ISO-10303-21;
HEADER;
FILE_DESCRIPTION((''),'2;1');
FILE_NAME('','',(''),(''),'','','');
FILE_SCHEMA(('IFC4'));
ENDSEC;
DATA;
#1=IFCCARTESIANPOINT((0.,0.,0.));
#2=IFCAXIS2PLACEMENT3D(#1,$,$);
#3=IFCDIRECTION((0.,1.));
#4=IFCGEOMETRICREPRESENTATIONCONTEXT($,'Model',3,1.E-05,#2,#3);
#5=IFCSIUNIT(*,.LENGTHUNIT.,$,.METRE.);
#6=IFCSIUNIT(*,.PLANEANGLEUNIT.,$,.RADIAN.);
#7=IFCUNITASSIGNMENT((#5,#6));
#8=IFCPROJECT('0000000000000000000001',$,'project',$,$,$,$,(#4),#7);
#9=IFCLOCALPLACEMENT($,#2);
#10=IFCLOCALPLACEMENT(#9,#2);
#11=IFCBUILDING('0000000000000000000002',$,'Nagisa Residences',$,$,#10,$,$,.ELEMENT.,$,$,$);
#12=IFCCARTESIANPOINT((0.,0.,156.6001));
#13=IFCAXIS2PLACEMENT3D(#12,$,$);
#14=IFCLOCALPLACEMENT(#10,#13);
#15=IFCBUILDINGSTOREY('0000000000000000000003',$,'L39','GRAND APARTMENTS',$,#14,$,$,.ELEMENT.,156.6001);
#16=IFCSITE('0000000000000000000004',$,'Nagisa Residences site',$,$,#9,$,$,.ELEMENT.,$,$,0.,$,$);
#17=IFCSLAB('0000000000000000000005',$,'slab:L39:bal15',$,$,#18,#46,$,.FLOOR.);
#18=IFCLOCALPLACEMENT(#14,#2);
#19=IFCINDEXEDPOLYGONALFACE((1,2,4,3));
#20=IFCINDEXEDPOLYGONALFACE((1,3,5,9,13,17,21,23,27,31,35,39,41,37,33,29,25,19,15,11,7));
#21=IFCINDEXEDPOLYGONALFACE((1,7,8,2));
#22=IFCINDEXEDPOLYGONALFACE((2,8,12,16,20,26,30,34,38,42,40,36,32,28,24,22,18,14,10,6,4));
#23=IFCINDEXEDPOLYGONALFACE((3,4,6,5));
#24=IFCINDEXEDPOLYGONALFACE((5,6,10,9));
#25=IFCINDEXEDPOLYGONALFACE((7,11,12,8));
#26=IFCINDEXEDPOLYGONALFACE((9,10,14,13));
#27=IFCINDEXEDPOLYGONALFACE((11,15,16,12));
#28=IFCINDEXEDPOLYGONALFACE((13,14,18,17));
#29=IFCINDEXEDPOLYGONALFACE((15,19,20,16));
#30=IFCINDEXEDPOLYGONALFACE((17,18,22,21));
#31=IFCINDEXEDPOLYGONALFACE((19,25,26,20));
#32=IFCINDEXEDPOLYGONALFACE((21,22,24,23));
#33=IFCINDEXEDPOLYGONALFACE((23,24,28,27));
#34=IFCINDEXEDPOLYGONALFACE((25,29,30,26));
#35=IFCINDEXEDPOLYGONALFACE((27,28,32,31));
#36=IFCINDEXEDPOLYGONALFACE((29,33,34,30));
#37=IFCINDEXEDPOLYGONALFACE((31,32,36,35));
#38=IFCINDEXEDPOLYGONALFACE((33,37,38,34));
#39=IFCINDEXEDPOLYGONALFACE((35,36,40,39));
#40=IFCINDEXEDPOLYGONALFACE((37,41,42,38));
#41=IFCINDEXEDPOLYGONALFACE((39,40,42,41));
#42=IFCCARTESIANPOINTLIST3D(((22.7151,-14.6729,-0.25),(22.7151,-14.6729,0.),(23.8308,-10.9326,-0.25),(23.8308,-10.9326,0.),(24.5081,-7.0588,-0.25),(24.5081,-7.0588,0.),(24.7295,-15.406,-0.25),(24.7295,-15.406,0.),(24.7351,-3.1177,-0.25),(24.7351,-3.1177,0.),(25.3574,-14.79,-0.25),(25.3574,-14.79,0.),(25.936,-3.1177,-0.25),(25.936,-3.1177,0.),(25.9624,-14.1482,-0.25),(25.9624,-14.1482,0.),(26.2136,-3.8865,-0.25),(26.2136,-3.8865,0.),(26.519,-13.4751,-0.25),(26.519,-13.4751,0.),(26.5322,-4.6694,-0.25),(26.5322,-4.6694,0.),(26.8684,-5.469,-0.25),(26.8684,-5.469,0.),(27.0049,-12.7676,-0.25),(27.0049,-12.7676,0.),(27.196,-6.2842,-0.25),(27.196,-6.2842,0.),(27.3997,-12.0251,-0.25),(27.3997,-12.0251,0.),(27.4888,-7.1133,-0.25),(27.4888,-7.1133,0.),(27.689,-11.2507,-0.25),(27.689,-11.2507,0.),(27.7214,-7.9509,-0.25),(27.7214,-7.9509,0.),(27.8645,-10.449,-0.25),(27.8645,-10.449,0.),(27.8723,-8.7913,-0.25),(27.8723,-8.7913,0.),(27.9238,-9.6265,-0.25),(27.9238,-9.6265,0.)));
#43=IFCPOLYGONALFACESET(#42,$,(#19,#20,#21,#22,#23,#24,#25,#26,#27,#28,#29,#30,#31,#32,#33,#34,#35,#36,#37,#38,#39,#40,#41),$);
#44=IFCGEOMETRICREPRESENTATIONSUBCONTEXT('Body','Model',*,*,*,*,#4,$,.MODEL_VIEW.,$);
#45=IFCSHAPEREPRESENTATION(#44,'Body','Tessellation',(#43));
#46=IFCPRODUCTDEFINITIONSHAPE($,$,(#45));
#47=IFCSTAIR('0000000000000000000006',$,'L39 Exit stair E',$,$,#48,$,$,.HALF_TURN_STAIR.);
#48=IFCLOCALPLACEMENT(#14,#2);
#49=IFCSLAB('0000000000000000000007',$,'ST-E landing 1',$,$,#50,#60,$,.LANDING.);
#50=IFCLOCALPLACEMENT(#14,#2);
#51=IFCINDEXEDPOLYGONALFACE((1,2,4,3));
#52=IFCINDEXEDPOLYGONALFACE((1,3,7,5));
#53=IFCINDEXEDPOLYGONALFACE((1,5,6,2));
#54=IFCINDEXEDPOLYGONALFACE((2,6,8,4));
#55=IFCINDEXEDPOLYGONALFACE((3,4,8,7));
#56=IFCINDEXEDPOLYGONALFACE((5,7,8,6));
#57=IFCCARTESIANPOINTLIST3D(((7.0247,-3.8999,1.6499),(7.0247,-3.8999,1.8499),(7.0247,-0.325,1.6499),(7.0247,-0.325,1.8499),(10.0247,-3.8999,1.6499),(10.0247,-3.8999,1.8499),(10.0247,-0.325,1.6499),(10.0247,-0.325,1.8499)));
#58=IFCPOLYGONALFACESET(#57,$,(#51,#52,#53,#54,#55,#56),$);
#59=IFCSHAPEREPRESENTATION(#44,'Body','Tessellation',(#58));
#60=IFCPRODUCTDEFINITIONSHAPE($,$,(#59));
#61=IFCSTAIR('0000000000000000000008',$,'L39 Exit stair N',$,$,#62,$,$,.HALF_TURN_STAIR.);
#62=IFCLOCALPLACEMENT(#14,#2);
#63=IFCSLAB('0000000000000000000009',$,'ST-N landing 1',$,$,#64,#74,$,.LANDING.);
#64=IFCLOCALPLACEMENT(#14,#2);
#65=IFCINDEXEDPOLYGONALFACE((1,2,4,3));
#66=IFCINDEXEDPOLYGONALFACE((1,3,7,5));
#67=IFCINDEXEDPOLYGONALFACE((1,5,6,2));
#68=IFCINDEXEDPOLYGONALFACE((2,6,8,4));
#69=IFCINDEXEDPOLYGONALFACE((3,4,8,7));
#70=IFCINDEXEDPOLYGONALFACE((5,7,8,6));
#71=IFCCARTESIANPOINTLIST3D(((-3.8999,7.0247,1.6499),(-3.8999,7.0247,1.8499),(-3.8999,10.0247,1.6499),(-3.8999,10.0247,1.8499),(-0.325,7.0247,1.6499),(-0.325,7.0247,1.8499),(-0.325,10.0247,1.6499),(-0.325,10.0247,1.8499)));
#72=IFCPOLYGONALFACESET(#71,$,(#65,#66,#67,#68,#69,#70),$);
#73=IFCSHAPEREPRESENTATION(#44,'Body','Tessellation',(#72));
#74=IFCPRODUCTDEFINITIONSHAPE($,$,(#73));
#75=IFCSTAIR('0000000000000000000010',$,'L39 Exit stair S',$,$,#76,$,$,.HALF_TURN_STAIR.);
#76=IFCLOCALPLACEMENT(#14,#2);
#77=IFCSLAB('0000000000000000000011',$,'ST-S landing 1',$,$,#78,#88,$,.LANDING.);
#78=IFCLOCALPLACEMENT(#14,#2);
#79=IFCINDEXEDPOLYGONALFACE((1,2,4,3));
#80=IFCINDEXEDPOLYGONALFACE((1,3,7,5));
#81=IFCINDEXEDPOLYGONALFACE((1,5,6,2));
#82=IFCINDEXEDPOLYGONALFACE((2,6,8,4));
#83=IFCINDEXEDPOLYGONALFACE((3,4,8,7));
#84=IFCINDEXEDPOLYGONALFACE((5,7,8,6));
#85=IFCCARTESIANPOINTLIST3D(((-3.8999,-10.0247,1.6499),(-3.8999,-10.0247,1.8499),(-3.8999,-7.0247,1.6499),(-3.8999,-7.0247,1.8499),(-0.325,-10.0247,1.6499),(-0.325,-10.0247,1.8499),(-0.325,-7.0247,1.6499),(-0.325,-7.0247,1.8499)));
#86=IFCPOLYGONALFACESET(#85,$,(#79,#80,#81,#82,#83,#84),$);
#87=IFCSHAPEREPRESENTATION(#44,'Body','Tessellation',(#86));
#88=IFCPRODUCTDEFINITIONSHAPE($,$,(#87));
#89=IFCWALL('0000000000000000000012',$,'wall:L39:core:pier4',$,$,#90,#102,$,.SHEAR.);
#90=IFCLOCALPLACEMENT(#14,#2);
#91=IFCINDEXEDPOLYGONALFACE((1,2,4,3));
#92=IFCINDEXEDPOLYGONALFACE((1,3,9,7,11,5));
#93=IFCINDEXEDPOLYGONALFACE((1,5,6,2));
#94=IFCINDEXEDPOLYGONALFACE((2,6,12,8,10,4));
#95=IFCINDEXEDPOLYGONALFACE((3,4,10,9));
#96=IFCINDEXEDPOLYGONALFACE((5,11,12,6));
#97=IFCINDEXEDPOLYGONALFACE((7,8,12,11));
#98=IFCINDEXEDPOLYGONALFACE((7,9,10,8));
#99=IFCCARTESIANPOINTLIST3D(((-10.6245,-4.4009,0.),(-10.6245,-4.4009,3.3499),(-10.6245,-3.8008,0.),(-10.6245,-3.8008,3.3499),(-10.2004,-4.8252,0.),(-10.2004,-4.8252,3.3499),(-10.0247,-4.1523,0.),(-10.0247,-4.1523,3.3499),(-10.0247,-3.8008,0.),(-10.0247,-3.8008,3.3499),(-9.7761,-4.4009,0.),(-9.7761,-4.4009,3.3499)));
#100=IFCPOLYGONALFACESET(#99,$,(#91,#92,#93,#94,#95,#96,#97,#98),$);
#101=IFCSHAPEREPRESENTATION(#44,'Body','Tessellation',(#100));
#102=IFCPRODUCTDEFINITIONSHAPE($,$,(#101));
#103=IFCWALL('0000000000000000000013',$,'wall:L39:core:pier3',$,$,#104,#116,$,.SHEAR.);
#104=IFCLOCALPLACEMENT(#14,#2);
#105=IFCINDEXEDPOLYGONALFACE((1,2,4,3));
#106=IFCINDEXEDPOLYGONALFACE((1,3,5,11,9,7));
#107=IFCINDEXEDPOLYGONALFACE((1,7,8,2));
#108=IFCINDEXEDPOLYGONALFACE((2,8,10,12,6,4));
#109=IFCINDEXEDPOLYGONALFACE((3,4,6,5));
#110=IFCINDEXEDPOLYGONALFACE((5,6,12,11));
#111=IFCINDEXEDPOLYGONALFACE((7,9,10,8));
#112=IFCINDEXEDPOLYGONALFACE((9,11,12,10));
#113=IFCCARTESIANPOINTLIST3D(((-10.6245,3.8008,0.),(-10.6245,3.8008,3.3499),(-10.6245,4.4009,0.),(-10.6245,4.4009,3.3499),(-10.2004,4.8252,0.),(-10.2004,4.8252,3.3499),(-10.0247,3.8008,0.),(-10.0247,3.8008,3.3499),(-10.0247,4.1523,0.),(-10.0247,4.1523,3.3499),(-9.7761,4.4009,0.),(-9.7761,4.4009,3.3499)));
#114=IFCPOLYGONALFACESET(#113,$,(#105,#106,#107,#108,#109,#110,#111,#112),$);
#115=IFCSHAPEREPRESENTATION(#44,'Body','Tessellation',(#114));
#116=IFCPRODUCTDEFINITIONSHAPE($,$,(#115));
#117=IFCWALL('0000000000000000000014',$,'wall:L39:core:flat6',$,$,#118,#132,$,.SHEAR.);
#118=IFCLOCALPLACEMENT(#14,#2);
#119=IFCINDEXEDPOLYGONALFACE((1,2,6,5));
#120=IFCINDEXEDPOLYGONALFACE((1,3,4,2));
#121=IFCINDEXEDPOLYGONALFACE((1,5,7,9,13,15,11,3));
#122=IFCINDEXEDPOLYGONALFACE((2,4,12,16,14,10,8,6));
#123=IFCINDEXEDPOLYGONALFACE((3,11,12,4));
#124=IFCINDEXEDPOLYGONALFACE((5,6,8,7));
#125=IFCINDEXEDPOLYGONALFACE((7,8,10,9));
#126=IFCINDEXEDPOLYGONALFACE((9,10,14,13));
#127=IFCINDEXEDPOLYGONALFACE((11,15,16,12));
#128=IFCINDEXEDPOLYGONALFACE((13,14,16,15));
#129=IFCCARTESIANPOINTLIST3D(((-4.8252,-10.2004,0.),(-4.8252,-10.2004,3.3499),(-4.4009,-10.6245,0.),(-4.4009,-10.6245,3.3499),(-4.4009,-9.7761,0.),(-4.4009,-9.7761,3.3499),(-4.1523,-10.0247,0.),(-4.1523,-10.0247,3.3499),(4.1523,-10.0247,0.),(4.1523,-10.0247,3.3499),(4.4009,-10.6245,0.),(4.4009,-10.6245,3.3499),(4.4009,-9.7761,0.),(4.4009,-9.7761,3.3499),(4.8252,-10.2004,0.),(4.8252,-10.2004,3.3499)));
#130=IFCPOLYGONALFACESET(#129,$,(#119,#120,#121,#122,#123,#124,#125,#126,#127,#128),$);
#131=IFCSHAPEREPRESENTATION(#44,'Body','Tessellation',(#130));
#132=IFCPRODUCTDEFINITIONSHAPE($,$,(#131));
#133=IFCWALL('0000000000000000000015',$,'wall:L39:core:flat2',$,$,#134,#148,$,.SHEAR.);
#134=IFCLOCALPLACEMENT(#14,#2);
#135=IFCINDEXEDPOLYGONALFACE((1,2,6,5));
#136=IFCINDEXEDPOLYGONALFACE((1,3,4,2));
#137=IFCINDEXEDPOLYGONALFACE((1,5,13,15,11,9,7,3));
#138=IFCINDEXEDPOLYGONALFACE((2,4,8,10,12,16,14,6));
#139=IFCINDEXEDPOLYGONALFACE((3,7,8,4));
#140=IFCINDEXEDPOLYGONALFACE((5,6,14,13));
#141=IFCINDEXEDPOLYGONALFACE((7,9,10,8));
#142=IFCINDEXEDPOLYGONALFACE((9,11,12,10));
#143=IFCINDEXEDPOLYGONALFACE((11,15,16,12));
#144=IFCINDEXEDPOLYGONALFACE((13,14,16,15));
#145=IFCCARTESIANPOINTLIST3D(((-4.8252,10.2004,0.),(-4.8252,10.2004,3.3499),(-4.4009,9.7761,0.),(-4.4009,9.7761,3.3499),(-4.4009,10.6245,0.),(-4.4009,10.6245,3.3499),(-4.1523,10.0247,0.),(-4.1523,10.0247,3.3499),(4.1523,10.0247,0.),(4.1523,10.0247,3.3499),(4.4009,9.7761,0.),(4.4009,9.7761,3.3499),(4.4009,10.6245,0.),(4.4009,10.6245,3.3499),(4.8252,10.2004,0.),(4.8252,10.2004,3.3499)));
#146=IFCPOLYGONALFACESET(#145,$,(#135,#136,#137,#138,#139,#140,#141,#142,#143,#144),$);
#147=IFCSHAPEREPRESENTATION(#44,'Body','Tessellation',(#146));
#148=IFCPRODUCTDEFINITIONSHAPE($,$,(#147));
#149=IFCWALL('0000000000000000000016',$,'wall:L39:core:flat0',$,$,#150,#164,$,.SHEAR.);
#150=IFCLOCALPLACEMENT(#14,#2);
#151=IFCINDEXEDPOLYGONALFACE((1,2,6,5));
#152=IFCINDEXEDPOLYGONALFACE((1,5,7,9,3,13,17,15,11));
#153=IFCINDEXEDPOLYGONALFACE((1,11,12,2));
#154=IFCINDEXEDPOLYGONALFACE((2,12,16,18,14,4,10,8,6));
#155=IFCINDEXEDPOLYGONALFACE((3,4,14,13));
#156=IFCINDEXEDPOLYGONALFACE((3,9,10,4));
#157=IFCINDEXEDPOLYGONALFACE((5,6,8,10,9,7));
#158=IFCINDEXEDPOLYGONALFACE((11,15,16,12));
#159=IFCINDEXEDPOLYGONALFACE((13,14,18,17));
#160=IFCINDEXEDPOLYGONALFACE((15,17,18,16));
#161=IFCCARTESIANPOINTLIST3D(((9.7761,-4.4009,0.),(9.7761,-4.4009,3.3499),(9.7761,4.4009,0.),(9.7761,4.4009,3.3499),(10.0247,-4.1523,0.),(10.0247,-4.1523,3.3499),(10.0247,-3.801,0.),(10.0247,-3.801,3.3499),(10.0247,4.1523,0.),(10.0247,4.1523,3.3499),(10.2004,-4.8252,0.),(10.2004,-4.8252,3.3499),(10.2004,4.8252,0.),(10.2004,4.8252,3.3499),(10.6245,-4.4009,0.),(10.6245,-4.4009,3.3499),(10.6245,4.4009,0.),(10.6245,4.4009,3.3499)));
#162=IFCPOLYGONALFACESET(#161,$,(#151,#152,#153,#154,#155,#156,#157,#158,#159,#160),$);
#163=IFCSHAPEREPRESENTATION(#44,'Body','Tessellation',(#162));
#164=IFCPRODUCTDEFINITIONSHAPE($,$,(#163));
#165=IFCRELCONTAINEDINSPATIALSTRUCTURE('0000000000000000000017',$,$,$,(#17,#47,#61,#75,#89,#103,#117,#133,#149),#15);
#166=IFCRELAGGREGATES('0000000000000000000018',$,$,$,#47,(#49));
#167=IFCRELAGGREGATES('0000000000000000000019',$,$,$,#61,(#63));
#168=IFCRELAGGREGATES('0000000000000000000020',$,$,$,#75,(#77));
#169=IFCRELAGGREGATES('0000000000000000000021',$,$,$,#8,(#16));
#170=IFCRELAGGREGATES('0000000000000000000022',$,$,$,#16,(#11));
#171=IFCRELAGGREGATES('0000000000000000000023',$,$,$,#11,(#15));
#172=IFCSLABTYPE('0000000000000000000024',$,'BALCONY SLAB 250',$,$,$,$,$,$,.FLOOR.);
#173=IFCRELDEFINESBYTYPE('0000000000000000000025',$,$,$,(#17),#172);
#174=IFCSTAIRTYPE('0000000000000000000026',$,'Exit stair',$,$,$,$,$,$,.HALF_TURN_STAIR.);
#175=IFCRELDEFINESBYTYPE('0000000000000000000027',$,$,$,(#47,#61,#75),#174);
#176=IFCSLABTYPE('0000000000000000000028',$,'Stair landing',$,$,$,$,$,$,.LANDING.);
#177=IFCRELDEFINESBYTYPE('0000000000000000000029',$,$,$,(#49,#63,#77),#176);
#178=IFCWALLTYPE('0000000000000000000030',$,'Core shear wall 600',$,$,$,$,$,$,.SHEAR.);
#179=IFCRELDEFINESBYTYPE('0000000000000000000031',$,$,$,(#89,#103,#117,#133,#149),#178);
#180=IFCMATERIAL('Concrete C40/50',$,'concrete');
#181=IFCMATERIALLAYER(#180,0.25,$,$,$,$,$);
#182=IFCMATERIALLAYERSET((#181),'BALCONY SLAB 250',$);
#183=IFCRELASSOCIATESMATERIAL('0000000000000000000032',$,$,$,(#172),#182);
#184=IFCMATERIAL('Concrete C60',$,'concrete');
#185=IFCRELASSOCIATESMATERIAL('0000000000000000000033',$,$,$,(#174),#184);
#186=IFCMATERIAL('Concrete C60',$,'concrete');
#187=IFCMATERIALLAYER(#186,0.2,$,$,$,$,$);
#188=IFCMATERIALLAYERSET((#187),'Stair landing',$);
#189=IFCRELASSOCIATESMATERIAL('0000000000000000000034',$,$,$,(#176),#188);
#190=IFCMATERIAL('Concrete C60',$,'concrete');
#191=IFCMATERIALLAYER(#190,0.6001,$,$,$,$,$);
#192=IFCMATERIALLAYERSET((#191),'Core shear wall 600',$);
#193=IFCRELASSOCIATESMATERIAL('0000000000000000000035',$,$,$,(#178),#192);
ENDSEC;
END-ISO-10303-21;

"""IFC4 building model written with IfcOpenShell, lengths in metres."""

from ifc_helpers import new_model, si_unit, direction, frame, origin, place, context, subcontext, project, spatial, polyline, outline, extrude, material, layer, layer_set, type_object, element, aggregate, save


model = new_model("IFC4")

# Units and contexts
model_context = context("Model", 3, precision=1e-05, world=origin(), true_north=direction((0.0, 1.0)))
body_context = subcontext(model_context, "Body", "Model", "MODEL_VIEW")
ifc_project = project(units=[si_unit("LENGTHUNIT", "METRE"), si_unit("PLANEANGLEUNIT", "RADIAN")], contexts=[model_context])

# Site, building, storey
site_placement = place(None, origin())
site = spatial("IfcSite", under=ifc_project, at=site_placement, Name="Nagisa Residences site", CompositionType="ELEMENT", RefElevation=0.0)
building_placement = place(site_placement, origin())
building = spatial("IfcBuilding", under=site, at=building_placement, Name="Nagisa Residences", CompositionType="ELEMENT")
storey_placement = place(building_placement, frame((0.0, 0.0, 156.6001)))
storey = spatial("IfcBuildingStorey", under=building, at=storey_placement, Name="L39", Description="GRAND APARTMENTS", CompositionType="ELEMENT", Elevation=156.6001)

# Slab
ifc_material_1 = material(Name="Concrete C40/50", Category="concrete")
ifc_layer_1 = layer(ifc_material_1, 0.25)
ifc_layer_set_1 = layer_set([ifc_layer_1], Name="BALCONY SLAB 250")
slab_type_1 = type_object("IfcSlabType", Name="BALCONY SLAB 250", PredefinedType="FLOOR", material=ifc_layer_set_1)
slab_1_placement = place(storey_placement, frame((0.0, 0.0, -0.25)))
element("IfcSlab", 1, at=slab_1_placement, inside=storey, type_object=slab_type_1, Name="slab:L39:bal15", PredefinedType="FLOOR", context=body_context, shape_type="SweptSolid", body=[
    extrude(outline(polyline([(24.7295, -15.406), (25.3574, -14.79), (25.9624, -14.1482), (26.519, -13.4751), (27.0049, -12.7676), (27.3997, -12.0251), (27.689, -11.2507), (27.8645, -10.449), (27.9238, -9.6265), (27.8723, -8.7913), (27.7214, -7.9509), (27.4888, -7.1133), (27.196, -6.2842), (26.8684, -5.469), (26.5322, -4.6694), (26.2136, -3.8865), (25.936, -3.1177), (24.7351, -3.1177), (24.5081, -7.0588), (23.8308, -10.9326), (22.7151, -14.6729), (24.7295, -15.406)])), origin(), (0.0, 0.0, 1.0), 0.25),
])

# Stairs, slabs
ifc_material_2 = material(Name="Concrete C60", Category="concrete")
stair_type = type_object("IfcStairType", Name="Exit stair", PredefinedType="HALF_TURN_STAIR", material=ifc_material_2)
stair_1_placement = place(storey_placement, origin())
stair_1 = element("IfcStair", 2, at=stair_1_placement, inside=storey, type_object=stair_type, Name="L39 Exit stair E", PredefinedType="HALF_TURN_STAIR")
ifc_material_3 = material(Name="Concrete C60", Category="concrete")
ifc_layer_2 = layer(ifc_material_3, 0.2)
ifc_layer_set_2 = layer_set([ifc_layer_2], Name="Stair landing")
slab_type_2 = type_object("IfcSlabType", Name="Stair landing", PredefinedType="LANDING", material=ifc_layer_set_2)
slab_2_placement = place(storey_placement, frame((0.0, 0.0, 1.6499)))
slab_2 = element("IfcSlab", 3, at=slab_2_placement, type_object=slab_type_2, Name="ST-E landing 1", PredefinedType="LANDING", context=body_context, shape_type="SweptSolid", body=[
    extrude(outline(polyline([(7.0247, -0.325), (7.0247, -3.8999), (10.0247, -3.8999), (10.0247, -0.325), (7.0247, -0.325)])), origin(), (0.0, 0.0, 1.0), 0.2),
])
aggregate(stair_1, [slab_2])
stair_2_placement = place(storey_placement, origin())
stair_2 = element("IfcStair", 4, at=stair_2_placement, inside=storey, type_object=stair_type, Name="L39 Exit stair N", PredefinedType="HALF_TURN_STAIR")
slab_3_placement = place(storey_placement, frame((0.0, 0.0, 1.6499)))
slab_3 = element("IfcSlab", 5, at=slab_3_placement, type_object=slab_type_2, Name="ST-N landing 1", PredefinedType="LANDING", context=body_context, shape_type="SweptSolid", body=[
    extrude(outline(polyline([(-0.325, 10.0247), (-3.8999, 10.0247), (-3.8999, 7.0247), (-0.325, 7.0247), (-0.325, 10.0247)])), origin(), (0.0, 0.0, 1.0), 0.2),
])
aggregate(stair_2, [slab_3])
stair_3_placement = place(storey_placement, origin())
stair_3 = element("IfcStair", 6, at=stair_3_placement, inside=storey, type_object=stair_type, Name="L39 Exit stair S", PredefinedType="HALF_TURN_STAIR")
slab_4_placement = place(storey_placement, frame((0.0, 0.0, 1.6499)))
slab_4 = element("IfcSlab", 7, at=slab_4_placement, type_object=slab_type_2, Name="ST-S landing 1", PredefinedType="LANDING", context=body_context, shape_type="SweptSolid", body=[
    extrude(outline(polyline([(-0.325, -7.0247), (-3.8999, -7.0247), (-3.8999, -10.0247), (-0.325, -10.0247), (-0.325, -7.0247)])), origin(), (0.0, 0.0, 1.0), 0.2),
])
aggregate(stair_3, [slab_4])

# Walls
ifc_material_4 = material(Name="Concrete C60", Category="concrete")
ifc_layer_3 = layer(ifc_material_4, 0.6001)
ifc_layer_set_3 = layer_set([ifc_layer_3], Name="Core shear wall 600")
wall_type_1 = type_object("IfcWallType", Name="Core shear wall 600", PredefinedType="SHEAR", material=ifc_layer_set_3)
wall_1_placement = place(storey_placement, origin())
element("IfcWall", 8, at=wall_1_placement, inside=storey, type_object=wall_type_1, Name="wall:L39:core:pier4", PredefinedType="SHEAR", context=body_context, shape_type="SweptSolid", body=[
    extrude(outline(polyline([(-10.6245, -3.8008), (-10.0247, -3.8008), (-10.0247, -4.1523), (-9.7761, -4.4009), (-10.2004, -4.8252), (-10.6245, -4.4009), (-10.6245, -3.8008)])), origin(), (0.0, 0.0, 1.0), 3.3499),
])
wall_2_placement = place(storey_placement, origin())
element("IfcWall", 9, at=wall_2_placement, inside=storey, type_object=wall_type_1, Name="wall:L39:core:pier3", PredefinedType="SHEAR", context=body_context, shape_type="SweptSolid", body=[
    extrude(outline(polyline([(-10.2004, 4.8252), (-9.7761, 4.4009), (-10.0247, 4.1523), (-10.0247, 3.8008), (-10.6245, 3.8008), (-10.6245, 4.4009), (-10.2004, 4.8252)])), origin(), (0.0, 0.0, 1.0), 3.3499),
])
wall_3_placement = place(storey_placement, origin())
element("IfcWall", 10, at=wall_3_placement, inside=storey, type_object=wall_type_1, Name="wall:L39:core:flat6", PredefinedType="SHEAR", context=body_context, shape_type="SweptSolid", body=[
    extrude(outline(polyline([(-4.1523, -10.0247), (4.1523, -10.0247), (4.4009, -9.7761), (4.8252, -10.2004), (4.4009, -10.6245), (-4.4009, -10.6245), (-4.8252, -10.2004), (-4.4009, -9.7761), (-4.1523, -10.0247)])), origin(), (0.0, 0.0, 1.0), 3.3499),
])
wall_4_placement = place(storey_placement, origin())
element("IfcWall", 11, at=wall_4_placement, inside=storey, type_object=wall_type_1, Name="wall:L39:core:flat2", PredefinedType="SHEAR", context=body_context, shape_type="SweptSolid", body=[
    extrude(outline(polyline([(-4.1523, 10.0247), (-4.4009, 9.7761), (-4.8252, 10.2004), (-4.4009, 10.6245), (4.4009, 10.6245), (4.8252, 10.2004), (4.4009, 9.7761), (4.1523, 10.0247), (-4.1523, 10.0247)])), origin(), (0.0, 0.0, 1.0), 3.3499),
])
wall_5_placement = place(storey_placement, origin())
element("IfcWall", 12, at=wall_5_placement, inside=storey, type_object=wall_type_1, Name="wall:L39:core:flat0", PredefinedType="SHEAR", context=body_context, shape_type="SweptSolid", body=[
    extrude(outline(polyline([(9.7761, -4.4009), (10.0247, -4.1523), (10.0247, -3.801), (10.0247, 4.1523), (9.7761, 4.4009), (10.2004, 4.8252), (10.6245, 4.4009), (10.6245, -4.4009), (10.2004, -4.8252), (9.7761, -4.4009)])), origin(), (0.0, 0.0, 1.0), 3.3499),
])

save(model, "model.ifc")
